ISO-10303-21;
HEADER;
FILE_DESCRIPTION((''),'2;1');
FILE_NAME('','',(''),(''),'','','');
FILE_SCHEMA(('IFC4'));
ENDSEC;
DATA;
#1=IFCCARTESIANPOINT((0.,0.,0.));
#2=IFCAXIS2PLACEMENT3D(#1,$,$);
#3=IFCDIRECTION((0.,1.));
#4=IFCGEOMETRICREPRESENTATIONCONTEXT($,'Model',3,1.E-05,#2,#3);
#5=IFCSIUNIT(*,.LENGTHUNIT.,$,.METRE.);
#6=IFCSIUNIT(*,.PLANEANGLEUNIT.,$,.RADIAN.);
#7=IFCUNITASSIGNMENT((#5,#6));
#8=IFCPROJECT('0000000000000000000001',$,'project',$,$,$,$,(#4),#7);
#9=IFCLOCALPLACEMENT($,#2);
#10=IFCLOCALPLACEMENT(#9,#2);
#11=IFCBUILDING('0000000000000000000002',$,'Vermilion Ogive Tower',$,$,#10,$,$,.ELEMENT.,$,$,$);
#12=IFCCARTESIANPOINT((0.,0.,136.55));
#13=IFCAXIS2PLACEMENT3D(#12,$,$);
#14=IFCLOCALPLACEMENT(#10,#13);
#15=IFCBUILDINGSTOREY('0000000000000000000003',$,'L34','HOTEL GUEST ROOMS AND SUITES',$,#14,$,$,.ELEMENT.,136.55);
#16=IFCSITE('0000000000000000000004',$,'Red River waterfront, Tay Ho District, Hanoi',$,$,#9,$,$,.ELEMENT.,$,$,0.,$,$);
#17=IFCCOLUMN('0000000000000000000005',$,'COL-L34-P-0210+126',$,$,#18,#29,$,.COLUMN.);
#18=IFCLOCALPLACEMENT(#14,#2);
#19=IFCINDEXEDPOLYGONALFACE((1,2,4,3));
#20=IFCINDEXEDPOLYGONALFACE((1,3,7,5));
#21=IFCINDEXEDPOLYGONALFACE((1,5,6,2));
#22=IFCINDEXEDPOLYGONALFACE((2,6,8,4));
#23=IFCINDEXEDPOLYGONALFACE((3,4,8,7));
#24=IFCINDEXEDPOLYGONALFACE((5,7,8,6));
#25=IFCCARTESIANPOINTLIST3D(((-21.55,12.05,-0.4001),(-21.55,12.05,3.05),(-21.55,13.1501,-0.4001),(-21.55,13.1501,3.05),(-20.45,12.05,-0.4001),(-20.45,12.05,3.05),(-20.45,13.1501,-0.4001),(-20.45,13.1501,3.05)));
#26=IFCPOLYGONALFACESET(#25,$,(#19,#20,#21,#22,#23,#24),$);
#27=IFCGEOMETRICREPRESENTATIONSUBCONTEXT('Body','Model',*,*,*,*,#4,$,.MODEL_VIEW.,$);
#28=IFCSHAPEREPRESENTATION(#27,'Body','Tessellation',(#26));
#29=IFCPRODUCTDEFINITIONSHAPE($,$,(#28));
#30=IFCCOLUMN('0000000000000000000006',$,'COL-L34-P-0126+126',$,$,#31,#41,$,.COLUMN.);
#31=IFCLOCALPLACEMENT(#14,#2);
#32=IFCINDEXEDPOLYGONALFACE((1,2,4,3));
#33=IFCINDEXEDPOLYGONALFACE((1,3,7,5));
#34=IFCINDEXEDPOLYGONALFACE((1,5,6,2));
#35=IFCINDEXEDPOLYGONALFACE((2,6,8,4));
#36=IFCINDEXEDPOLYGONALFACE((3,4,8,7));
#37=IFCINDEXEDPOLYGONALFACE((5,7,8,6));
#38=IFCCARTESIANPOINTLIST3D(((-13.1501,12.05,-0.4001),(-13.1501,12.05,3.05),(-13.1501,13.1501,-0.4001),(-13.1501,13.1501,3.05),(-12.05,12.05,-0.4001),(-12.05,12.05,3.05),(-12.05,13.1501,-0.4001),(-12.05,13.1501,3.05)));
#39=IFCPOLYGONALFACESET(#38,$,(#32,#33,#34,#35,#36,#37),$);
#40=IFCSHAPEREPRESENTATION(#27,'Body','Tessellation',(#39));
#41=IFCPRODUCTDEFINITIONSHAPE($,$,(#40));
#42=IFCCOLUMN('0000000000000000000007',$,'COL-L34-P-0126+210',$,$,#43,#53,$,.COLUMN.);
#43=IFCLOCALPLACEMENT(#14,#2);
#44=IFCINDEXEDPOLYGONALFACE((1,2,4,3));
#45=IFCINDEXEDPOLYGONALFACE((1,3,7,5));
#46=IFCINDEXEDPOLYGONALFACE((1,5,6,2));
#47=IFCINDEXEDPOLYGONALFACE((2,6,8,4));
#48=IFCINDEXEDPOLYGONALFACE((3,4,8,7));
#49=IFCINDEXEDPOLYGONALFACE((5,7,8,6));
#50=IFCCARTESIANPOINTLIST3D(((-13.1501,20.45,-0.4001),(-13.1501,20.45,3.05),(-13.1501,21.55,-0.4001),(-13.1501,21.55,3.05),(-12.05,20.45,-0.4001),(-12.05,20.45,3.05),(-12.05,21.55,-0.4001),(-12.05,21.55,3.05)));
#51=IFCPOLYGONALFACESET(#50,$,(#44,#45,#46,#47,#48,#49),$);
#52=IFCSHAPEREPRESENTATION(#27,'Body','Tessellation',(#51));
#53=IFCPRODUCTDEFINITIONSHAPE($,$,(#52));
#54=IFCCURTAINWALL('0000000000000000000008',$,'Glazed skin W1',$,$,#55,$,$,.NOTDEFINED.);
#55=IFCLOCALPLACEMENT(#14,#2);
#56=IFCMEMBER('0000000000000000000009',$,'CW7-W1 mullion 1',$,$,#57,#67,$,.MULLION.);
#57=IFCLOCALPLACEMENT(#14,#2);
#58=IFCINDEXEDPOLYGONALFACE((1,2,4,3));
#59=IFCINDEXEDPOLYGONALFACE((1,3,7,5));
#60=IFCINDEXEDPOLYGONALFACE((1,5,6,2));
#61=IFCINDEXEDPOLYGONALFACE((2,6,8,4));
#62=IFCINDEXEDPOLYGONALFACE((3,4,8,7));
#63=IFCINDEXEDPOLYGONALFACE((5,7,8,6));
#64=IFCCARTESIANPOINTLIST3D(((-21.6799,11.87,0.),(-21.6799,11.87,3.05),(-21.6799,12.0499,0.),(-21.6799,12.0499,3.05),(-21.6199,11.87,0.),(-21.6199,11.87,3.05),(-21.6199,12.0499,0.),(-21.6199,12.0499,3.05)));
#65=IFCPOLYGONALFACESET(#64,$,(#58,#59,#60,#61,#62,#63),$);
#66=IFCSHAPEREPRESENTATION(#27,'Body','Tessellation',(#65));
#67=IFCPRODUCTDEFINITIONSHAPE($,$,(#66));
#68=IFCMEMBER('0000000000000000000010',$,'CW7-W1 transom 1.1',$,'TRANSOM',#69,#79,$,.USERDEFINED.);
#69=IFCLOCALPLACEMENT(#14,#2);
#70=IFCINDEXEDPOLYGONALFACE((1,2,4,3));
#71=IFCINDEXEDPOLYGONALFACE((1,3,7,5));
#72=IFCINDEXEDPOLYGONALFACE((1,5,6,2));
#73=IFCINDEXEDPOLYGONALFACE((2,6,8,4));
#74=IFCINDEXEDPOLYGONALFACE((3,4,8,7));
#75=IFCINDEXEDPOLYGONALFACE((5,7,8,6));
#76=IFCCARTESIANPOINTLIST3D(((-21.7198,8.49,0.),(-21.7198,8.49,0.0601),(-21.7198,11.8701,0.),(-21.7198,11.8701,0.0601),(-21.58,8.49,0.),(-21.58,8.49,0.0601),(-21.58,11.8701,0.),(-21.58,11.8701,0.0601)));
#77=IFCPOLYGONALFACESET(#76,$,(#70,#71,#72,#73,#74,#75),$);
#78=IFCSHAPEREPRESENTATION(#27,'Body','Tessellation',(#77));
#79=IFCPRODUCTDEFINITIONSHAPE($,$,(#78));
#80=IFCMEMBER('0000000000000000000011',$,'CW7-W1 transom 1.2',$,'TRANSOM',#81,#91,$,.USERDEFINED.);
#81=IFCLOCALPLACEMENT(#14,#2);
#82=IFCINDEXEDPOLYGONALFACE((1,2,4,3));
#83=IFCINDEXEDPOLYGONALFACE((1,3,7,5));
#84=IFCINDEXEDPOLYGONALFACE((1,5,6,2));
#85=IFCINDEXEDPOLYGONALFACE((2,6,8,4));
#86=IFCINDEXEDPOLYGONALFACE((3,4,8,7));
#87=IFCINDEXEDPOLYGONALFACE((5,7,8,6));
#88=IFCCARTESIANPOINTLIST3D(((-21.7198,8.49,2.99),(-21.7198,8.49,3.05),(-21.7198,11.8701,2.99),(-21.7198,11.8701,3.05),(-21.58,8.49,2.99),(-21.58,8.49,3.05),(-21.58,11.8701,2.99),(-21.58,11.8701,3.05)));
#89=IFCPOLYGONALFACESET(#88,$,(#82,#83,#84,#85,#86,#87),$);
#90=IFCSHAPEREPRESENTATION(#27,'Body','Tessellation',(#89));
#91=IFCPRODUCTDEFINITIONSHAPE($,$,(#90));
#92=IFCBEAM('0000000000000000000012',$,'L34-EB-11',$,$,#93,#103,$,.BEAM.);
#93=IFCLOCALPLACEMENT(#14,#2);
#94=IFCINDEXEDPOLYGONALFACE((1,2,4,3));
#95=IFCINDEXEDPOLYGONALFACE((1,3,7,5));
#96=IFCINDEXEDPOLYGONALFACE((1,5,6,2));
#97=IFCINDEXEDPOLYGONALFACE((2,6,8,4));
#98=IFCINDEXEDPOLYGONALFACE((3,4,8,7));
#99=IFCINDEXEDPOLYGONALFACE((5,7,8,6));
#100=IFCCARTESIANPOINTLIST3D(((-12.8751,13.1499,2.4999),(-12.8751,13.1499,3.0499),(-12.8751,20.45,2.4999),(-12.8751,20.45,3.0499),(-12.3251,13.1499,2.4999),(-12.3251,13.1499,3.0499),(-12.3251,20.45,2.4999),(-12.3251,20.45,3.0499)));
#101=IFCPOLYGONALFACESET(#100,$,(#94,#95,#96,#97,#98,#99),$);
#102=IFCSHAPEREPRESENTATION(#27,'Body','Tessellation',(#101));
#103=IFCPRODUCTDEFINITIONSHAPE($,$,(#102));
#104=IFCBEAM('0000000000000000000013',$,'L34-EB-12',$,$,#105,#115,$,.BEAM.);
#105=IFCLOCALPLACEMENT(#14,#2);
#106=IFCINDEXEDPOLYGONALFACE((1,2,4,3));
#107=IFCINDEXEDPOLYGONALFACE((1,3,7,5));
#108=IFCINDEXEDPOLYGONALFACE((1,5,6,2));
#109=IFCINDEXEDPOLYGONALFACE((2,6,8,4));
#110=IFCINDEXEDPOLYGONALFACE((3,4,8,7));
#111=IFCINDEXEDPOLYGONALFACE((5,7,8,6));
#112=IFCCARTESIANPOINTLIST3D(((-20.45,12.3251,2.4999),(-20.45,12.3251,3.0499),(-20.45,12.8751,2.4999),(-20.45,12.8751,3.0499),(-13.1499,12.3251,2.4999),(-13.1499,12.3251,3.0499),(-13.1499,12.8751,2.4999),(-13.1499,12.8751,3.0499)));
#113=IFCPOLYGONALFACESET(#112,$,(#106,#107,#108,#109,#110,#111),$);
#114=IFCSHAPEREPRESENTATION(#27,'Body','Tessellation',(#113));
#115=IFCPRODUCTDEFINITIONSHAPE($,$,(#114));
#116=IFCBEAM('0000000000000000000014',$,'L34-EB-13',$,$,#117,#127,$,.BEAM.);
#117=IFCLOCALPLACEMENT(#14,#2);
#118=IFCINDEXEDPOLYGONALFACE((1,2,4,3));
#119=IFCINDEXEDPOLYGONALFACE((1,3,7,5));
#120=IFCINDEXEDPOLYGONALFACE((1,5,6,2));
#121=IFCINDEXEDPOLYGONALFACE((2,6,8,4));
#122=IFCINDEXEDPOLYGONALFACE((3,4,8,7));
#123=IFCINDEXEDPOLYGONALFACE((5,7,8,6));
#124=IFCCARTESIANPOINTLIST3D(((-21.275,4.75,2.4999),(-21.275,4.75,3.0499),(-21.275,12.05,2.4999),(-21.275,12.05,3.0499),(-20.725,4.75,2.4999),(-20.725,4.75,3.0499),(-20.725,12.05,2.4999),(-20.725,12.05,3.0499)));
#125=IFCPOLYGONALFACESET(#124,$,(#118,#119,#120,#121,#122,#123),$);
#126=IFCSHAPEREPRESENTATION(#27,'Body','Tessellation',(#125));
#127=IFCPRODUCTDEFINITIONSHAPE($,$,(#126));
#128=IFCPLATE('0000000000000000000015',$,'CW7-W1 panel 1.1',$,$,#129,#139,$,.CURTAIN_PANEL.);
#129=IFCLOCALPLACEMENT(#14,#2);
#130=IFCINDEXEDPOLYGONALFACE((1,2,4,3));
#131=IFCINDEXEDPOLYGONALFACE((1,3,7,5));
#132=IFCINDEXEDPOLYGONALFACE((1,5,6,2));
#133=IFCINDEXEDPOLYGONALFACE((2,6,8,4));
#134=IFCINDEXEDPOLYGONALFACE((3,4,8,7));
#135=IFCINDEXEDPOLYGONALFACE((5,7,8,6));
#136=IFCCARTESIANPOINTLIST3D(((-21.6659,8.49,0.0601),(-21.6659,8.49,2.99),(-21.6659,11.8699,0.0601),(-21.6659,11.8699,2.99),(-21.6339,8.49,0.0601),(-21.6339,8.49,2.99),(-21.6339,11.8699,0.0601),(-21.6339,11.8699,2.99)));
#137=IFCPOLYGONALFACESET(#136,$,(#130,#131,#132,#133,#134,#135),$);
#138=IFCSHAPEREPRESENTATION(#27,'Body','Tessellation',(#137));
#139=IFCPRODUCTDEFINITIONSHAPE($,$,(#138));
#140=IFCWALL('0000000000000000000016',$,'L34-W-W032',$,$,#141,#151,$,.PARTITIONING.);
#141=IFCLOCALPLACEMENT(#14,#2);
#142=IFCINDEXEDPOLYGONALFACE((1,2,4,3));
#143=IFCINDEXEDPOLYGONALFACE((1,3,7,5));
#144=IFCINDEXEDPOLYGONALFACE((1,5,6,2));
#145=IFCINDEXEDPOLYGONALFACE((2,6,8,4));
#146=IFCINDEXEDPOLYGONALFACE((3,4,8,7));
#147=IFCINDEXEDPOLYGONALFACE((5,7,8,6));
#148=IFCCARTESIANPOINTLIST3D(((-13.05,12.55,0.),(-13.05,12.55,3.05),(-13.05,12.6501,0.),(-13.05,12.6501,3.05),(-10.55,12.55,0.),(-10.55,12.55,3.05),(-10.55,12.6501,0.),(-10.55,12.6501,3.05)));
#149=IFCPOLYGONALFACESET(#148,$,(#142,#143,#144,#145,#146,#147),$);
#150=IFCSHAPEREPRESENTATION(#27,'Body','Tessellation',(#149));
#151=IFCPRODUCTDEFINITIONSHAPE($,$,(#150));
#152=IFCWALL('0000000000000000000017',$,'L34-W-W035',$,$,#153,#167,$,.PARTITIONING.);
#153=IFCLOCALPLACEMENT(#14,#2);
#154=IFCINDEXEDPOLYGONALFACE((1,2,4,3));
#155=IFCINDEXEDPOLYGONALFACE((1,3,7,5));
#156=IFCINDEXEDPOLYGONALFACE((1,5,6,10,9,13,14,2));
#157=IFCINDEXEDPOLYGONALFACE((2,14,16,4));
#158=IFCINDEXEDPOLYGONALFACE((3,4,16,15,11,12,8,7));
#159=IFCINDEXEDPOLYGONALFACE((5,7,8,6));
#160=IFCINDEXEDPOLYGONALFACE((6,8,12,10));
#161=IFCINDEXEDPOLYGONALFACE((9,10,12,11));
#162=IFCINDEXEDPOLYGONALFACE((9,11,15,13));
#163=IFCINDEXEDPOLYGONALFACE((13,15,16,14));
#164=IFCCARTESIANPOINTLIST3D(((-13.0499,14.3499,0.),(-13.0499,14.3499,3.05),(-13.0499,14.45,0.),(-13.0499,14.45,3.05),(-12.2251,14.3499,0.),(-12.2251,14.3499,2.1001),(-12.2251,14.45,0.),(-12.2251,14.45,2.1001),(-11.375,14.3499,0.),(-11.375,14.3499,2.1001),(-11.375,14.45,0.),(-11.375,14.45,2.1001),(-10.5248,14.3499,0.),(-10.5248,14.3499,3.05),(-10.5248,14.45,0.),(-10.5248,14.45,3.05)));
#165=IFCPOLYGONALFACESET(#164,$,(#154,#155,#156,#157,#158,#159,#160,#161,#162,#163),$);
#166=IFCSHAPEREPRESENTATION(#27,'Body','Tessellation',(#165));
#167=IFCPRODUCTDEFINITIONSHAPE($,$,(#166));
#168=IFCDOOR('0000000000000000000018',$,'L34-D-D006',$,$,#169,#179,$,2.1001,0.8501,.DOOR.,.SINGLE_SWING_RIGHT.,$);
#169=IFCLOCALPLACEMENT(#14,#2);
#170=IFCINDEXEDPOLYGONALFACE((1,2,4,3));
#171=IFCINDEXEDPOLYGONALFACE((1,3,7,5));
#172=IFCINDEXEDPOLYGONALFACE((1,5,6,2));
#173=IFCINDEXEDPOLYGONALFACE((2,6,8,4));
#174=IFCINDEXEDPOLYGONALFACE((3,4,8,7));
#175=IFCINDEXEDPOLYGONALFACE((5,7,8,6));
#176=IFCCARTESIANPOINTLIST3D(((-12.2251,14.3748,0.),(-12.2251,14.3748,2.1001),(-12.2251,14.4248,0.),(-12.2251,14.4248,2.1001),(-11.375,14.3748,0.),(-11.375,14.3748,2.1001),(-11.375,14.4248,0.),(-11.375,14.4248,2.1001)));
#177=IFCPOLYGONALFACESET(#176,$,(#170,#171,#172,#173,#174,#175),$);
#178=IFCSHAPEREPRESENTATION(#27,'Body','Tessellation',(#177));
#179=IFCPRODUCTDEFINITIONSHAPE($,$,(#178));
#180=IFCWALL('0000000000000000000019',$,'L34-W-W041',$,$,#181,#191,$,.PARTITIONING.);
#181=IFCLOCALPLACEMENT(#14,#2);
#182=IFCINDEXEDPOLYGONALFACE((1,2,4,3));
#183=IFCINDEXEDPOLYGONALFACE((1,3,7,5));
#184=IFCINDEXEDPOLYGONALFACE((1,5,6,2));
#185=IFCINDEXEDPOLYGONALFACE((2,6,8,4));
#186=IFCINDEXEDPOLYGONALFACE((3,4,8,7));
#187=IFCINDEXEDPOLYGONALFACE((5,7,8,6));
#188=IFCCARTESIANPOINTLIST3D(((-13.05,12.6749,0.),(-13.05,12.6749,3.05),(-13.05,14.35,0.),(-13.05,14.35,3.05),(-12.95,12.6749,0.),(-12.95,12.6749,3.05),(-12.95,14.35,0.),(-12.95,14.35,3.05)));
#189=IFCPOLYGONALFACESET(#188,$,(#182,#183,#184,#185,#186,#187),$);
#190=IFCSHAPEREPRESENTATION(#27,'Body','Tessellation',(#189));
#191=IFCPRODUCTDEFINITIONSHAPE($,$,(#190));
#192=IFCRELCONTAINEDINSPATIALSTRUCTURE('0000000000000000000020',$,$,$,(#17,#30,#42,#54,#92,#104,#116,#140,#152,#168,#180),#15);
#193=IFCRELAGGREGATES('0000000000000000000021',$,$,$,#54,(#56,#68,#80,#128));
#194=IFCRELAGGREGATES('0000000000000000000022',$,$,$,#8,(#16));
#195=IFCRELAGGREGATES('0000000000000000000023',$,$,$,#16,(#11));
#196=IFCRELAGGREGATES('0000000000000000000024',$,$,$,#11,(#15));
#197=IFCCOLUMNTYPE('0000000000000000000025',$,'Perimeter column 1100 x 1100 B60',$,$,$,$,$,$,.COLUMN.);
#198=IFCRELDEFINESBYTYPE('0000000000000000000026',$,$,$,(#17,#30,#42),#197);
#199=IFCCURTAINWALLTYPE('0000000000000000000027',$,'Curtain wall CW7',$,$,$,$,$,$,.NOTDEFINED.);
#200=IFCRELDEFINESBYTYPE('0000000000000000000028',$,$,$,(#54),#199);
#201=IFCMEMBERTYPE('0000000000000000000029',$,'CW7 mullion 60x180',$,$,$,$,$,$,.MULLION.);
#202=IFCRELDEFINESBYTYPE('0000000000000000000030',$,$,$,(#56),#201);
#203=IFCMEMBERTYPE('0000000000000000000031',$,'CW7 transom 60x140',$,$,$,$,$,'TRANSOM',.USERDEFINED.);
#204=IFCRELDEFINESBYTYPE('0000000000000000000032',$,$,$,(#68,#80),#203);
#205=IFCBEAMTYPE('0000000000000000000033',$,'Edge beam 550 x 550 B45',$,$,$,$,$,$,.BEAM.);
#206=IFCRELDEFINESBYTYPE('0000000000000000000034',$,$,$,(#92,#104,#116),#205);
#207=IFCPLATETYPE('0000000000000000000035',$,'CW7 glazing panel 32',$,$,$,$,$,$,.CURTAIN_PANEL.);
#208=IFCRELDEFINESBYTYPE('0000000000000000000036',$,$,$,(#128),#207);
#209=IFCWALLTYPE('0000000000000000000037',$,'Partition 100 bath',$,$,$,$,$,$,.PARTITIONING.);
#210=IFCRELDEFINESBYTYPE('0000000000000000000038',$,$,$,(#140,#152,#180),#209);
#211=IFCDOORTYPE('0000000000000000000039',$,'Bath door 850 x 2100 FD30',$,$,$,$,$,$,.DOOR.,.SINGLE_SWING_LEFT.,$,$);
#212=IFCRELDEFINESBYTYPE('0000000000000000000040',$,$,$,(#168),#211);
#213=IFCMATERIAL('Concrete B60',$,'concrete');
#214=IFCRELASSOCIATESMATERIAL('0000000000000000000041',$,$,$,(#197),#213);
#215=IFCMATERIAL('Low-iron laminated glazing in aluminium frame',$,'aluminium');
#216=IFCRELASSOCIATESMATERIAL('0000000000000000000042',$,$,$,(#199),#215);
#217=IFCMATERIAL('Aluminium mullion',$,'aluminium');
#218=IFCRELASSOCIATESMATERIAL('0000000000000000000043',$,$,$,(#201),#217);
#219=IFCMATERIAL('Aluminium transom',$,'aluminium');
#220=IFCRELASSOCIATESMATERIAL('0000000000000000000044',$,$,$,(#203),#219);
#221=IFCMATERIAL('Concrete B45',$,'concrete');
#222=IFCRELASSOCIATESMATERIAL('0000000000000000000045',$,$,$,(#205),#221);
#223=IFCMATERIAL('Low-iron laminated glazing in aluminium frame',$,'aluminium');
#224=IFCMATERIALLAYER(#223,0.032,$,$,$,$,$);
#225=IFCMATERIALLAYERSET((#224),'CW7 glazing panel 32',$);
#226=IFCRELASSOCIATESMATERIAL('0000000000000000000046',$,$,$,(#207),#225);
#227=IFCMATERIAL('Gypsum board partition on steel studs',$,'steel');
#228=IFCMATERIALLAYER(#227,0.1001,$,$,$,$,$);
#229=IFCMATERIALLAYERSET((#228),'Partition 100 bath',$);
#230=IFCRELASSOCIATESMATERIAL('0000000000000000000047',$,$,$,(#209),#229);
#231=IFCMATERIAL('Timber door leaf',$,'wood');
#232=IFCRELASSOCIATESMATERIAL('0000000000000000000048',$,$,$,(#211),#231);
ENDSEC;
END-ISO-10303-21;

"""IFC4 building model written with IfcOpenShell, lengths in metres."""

from ifc_helpers import new_model, si_unit, direction, frame, frame_2d, origin, origin_2d, place, context, subcontext, project, spatial, rectangle, extrude, material, layer, layer_set, material_profile, profile_set, type_object, element, fill, aggregate, save


model = new_model("IFC4")

# Units and contexts
model_context = context("Model", 3, precision=1e-05, world=origin(), true_north=direction((0.0, 1.0)))
body_context = subcontext(model_context, "Body", "Model", "MODEL_VIEW")
ifc_project = project(units=[si_unit("LENGTHUNIT", "METRE"), si_unit("PLANEANGLEUNIT", "RADIAN")], contexts=[model_context])

# Site, building, storey
site_placement = place(None, origin())
site = spatial("IfcSite", under=ifc_project, at=site_placement, Name="Red River waterfront, Tay Ho District, Hanoi", CompositionType="ELEMENT", RefElevation=0.0)
building_placement = place(site_placement, origin())
building = spatial("IfcBuilding", under=site, at=building_placement, Name="Vermilion Ogive Tower", CompositionType="ELEMENT")
storey_placement = place(building_placement, frame((0.0, 0.0, 136.55)))
storey = spatial("IfcBuildingStorey", under=building, at=storey_placement, Name="L34", Description="HOTEL GUEST ROOMS AND SUITES", CompositionType="ELEMENT", Elevation=136.55)

# Columns
ifc_material_1 = material(Name="Concrete B60", Category="concrete")
ifc_material_profile_1 = material_profile(ifc_material_1, rectangle(XDim=1.1001, YDim=1.1001, at=origin_2d()), Name="1100 x 1100")
ifc_profile_set_1 = profile_set([ifc_material_profile_1], Name="Concrete B60")
column_type = type_object("IfcColumnType", Name="Perimeter column 1100 x 1100 B60", PredefinedType="COLUMN", material=ifc_profile_set_1)
for number, where, z_axis, x_axis, name in (
    (1, (-21.0, 12.6001, -0.4001), (0.0, 0.0, 1.0), (1.0, 0.0, 0.0), "COL-L34-P-0210+126"),
    (2, (-12.6001, 12.6001, -0.4001), (0.0, 0.0, 1.0), (1.0, 0.0, 0.0), "COL-L34-P-0126+126"),
    (3, (-12.6001, 21.0, -0.4001), (0.0, 0.0, 1.0), (1.0, 0.0, 0.0), "COL-L34-P-0126+210"),
):
    element("IfcColumn", number, at=place(storey_placement, frame(where, z_axis=z_axis, x_axis=x_axis)), inside=storey, type_object=column_type, Name=name, PredefinedType="COLUMN", context=body_context, shape_type="SweptSolid", body=[
        extrude(rectangle(XDim=1.1001, YDim=1.1001, at=origin_2d()), origin(), (0.0, 0.0, 1.0), 3.4502),
    ])

# Curtain wall, members
ifc_material_2 = material(Name="Low-iron laminated glazing in aluminium frame", Category="aluminium")
curtain_wall_type = type_object("IfcCurtainWallType", Name="Curtain wall CW7", PredefinedType="NOTDEFINED", material=ifc_material_2)
curtain_wall_placement = place(storey_placement, origin())
curtain_wall = element("IfcCurtainWall", 4, at=curtain_wall_placement, inside=storey, type_object=curtain_wall_type, Name="Glazed skin W1", PredefinedType="NOTDEFINED")
ifc_material_3 = material(Name="Aluminium mullion", Category="aluminium")
ifc_material_profile_2 = material_profile(ifc_material_3, rectangle(XDim=0.0601, YDim=0.1799, at=origin_2d()), Name="AL 60x180")
ifc_profile_set_2 = profile_set([ifc_material_profile_2], Name="Aluminium mullion")
member_type_1 = type_object("IfcMemberType", Name="CW7 mullion 60x180", PredefinedType="MULLION", material=ifc_profile_set_2)
member_1_placement = place(storey_placement, frame((-21.6499, 11.96, 0.0), z_axis=(0.0, 0.0, 1.0), x_axis=(1.0, 0.0, 0.0)))
member_1 = element("IfcMember", 5, at=member_1_placement, type_object=member_type_1, Name="CW7-W1 mullion 1", PredefinedType="MULLION", context=body_context, shape_type="SweptSolid", body=[
    extrude(rectangle(XDim=0.0601, YDim=0.1799, at=origin_2d()), origin(), (0.0, 0.0, 1.0), 3.05),
])
ifc_material_4 = material(Name="Aluminium transom", Category="aluminium")
ifc_material_profile_3 = material_profile(ifc_material_4, rectangle(XDim=0.1399, YDim=0.0601, at=origin_2d()), Name="AL 60x140")
ifc_profile_set_3 = profile_set([ifc_material_profile_3], Name="Aluminium transom")
member_type_2 = type_object("IfcMemberType", Name="CW7 transom 60x140", ElementType="TRANSOM", PredefinedType="USERDEFINED", material=ifc_profile_set_3)
member_2_placement = place(storey_placement, frame((-21.6499, 11.8701, 0.03), z_axis=(0.0, -1.0, 0.0), x_axis=(1.0, 0.0, 0.0)))
member_2 = element("IfcMember", 6, at=member_2_placement, type_object=member_type_2, Name="CW7-W1 transom 1.1", ObjectType="TRANSOM", PredefinedType="USERDEFINED", context=body_context, shape_type="SweptSolid", body=[
    extrude(rectangle(XDim=0.1399, YDim=0.0601, at=origin_2d()), origin(), (0.0, 0.0, 1.0), 3.3801),
])
member_3_placement = place(storey_placement, frame((-21.6499, 11.8701, 3.02), z_axis=(0.0, -1.0, 0.0), x_axis=(1.0, 0.0, 0.0)))
member_3 = element("IfcMember", 7, at=member_3_placement, type_object=member_type_2, Name="CW7-W1 transom 1.2", ObjectType="TRANSOM", PredefinedType="USERDEFINED", context=body_context, shape_type="SweptSolid", body=[
    extrude(rectangle(XDim=0.1399, YDim=0.0601, at=origin_2d()), origin(), (0.0, 0.0, 1.0), 3.3801),
])

# Beams
ifc_material_5 = material(Name="Concrete B45", Category="concrete")
ifc_material_profile_4 = material_profile(ifc_material_5, rectangle(XDim=0.55, YDim=0.55, at=origin_2d()), Name="550 x 550")
ifc_profile_set_4 = profile_set([ifc_material_profile_4], Name="Concrete B45")
beam_type = type_object("IfcBeamType", Name="Edge beam 550 x 550 B45", PredefinedType="BEAM", material=ifc_profile_set_4)
for number, where, z_axis, x_axis, name in (
    (8, (-12.6001, 20.45, 2.7749), (0.0, -1.0, 0.0), (1.0, 0.0, 0.0), "L34-EB-11"),
    (9, (-13.1499, 12.6001, 2.7749), (-1.0, 0.0, 0.0), (0.0, -1.0, 0.0), "L34-EB-12"),
    (10, (-21.0, 12.05, 2.7749), (0.0, -1.0, 0.0), (1.0, 0.0, 0.0), "L34-EB-13"),
):
    element("IfcBeam", number, at=place(storey_placement, frame(where, z_axis=z_axis, x_axis=x_axis)), inside=storey, type_object=beam_type, Name=name, PredefinedType="BEAM", context=body_context, shape_type="SweptSolid", body=[
        extrude(rectangle(XDim=0.55, YDim=0.55, at=origin_2d()), origin(), (0.0, 0.0, 1.0), 7.3),
    ])

# Plate
ifc_material_6 = material(Name="Low-iron laminated glazing in aluminium frame", Category="aluminium")
ifc_layer_1 = layer(ifc_material_6, 0.032)
ifc_layer_set_1 = layer_set([ifc_layer_1], Name="CW7 glazing panel 32")
plate_type = type_object("IfcPlateType", Name="CW7 glazing panel 32", PredefinedType="CURTAIN_PANEL", material=ifc_layer_set_1)
plate_placement = place(storey_placement, frame((-21.6499, 10.1799, 0.0601), z_axis=(0.0, 0.0, 1.0), x_axis=(0.0, -1.0, 0.0)))
plate = element("IfcPlate", 11, at=plate_placement, type_object=plate_type, Name="CW7-W1 panel 1.1", PredefinedType="CURTAIN_PANEL", context=body_context, shape_type="SweptSolid", body=[
    extrude(rectangle(XDim=3.3799, YDim=0.032, at=origin_2d()), origin(), (0.0, 0.0, 1.0), 2.9299),
])
aggregate(curtain_wall, [member_1, member_2, member_3, plate])

# Wall
ifc_material_7 = material(Name="Gypsum board partition on steel studs", Category="steel")
ifc_layer_2 = layer(ifc_material_7, 0.1001)
ifc_layer_set_2 = layer_set([ifc_layer_2], Name="Partition 100 bath")
wall_type_1 = type_object("IfcWallType", Name="Partition 100 bath", PredefinedType="PARTITIONING", material=ifc_layer_set_2)
wall_1_placement = place(storey_placement, frame((-13.05, 12.6001, 0.0), z_axis=(0.0, 0.0, 1.0), x_axis=(1.0, 0.0, 0.0)))
element("IfcWall", 12, at=wall_1_placement, inside=storey, type_object=wall_type_1, Name="L34-W-W032", PredefinedType="PARTITIONING", context=body_context, shape_type="SweptSolid", body=[
    extrude(rectangle(XDim=2.5, YDim=0.1001, at=frame_2d((1.25, 0.0))), origin(), (0.0, 0.0, 1.0), 3.05),
])

# Wall, opening, door
wall_2_placement = place(storey_placement, frame((-13.05, 14.3999, 0.0), z_axis=(0.0, 0.0, 1.0), x_axis=(1.0, 0.0, 0.0)))
wall_2 = element("IfcWall", 13, at=wall_2_placement, inside=storey, type_object=wall_type_1, Name="L34-W-W035", PredefinedType="PARTITIONING", context=body_context, shape_type="SweptSolid", body=[
    extrude(rectangle(XDim=2.5251, YDim=0.1001, at=frame_2d((1.2627, 0.0))), origin(), (0.0, 0.0, 1.0), 3.05),
])
opening_1_placement = place(wall_2_placement, frame((0.825, 0.0, 0.0)))
opening_1 = element("IfcOpeningElement", 14, at=opening_1_placement, cuts=wall_2, PredefinedType="OPENING", context=body_context, shape_type="SweptSolid", body=[
    extrude(rectangle(XDim=0.8501, YDim=2.1001, at=frame_2d((0.425, 1.05))), frame((0.0, 0.0601, 0.0), z_axis=(0.0, -1.0, 0.0), x_axis=(1.0, 0.0, 0.0)), (0.0, 0.0, 1.0), 0.1201),
])
ifc_material_8 = material(Name="Timber door leaf", Category="wood")
door_type_1 = type_object("IfcDoorType", Name="Bath door 850 x 2100 FD30", OperationType="SINGLE_SWING_LEFT", PredefinedType="DOOR", material=ifc_material_8)
door_1_placement = place(opening_1_placement, origin())
door_1 = element("IfcDoor", 15, at=door_1_placement, inside=storey, type_object=door_type_1, Name="L34-D-D006", OperationType="SINGLE_SWING_RIGHT", OverallHeight=2.1001, OverallWidth=0.8501, PredefinedType="DOOR", context=body_context, shape_type="SweptSolid", body=[
    extrude(rectangle(XDim=0.8501, YDim=2.1001, at=frame_2d((0.425, 1.05))), frame((0.0, 0.0249, 0.0), z_axis=(0.0, -1.0, 0.0), x_axis=(1.0, 0.0, 0.0)), (0.0, 0.0, 1.0), 0.05),
])
fill(opening_1, door_1)

# Wall
wall_3_placement = place(storey_placement, frame((-13.0, 12.675, 0.0), z_axis=(0.0, 0.0, 1.0), x_axis=(0.0, 1.0, 0.0)))
element("IfcWall", 16, at=wall_3_placement, inside=storey, type_object=wall_type_1, Name="L34-W-W041", PredefinedType="PARTITIONING", context=body_context, shape_type="SweptSolid", body=[
    extrude(rectangle(XDim=1.675, YDim=0.1001, at=frame_2d((0.8374, 0.0))), origin(), (0.0, 0.0, 1.0), 3.05),
])

save(model, "model.ifc")
